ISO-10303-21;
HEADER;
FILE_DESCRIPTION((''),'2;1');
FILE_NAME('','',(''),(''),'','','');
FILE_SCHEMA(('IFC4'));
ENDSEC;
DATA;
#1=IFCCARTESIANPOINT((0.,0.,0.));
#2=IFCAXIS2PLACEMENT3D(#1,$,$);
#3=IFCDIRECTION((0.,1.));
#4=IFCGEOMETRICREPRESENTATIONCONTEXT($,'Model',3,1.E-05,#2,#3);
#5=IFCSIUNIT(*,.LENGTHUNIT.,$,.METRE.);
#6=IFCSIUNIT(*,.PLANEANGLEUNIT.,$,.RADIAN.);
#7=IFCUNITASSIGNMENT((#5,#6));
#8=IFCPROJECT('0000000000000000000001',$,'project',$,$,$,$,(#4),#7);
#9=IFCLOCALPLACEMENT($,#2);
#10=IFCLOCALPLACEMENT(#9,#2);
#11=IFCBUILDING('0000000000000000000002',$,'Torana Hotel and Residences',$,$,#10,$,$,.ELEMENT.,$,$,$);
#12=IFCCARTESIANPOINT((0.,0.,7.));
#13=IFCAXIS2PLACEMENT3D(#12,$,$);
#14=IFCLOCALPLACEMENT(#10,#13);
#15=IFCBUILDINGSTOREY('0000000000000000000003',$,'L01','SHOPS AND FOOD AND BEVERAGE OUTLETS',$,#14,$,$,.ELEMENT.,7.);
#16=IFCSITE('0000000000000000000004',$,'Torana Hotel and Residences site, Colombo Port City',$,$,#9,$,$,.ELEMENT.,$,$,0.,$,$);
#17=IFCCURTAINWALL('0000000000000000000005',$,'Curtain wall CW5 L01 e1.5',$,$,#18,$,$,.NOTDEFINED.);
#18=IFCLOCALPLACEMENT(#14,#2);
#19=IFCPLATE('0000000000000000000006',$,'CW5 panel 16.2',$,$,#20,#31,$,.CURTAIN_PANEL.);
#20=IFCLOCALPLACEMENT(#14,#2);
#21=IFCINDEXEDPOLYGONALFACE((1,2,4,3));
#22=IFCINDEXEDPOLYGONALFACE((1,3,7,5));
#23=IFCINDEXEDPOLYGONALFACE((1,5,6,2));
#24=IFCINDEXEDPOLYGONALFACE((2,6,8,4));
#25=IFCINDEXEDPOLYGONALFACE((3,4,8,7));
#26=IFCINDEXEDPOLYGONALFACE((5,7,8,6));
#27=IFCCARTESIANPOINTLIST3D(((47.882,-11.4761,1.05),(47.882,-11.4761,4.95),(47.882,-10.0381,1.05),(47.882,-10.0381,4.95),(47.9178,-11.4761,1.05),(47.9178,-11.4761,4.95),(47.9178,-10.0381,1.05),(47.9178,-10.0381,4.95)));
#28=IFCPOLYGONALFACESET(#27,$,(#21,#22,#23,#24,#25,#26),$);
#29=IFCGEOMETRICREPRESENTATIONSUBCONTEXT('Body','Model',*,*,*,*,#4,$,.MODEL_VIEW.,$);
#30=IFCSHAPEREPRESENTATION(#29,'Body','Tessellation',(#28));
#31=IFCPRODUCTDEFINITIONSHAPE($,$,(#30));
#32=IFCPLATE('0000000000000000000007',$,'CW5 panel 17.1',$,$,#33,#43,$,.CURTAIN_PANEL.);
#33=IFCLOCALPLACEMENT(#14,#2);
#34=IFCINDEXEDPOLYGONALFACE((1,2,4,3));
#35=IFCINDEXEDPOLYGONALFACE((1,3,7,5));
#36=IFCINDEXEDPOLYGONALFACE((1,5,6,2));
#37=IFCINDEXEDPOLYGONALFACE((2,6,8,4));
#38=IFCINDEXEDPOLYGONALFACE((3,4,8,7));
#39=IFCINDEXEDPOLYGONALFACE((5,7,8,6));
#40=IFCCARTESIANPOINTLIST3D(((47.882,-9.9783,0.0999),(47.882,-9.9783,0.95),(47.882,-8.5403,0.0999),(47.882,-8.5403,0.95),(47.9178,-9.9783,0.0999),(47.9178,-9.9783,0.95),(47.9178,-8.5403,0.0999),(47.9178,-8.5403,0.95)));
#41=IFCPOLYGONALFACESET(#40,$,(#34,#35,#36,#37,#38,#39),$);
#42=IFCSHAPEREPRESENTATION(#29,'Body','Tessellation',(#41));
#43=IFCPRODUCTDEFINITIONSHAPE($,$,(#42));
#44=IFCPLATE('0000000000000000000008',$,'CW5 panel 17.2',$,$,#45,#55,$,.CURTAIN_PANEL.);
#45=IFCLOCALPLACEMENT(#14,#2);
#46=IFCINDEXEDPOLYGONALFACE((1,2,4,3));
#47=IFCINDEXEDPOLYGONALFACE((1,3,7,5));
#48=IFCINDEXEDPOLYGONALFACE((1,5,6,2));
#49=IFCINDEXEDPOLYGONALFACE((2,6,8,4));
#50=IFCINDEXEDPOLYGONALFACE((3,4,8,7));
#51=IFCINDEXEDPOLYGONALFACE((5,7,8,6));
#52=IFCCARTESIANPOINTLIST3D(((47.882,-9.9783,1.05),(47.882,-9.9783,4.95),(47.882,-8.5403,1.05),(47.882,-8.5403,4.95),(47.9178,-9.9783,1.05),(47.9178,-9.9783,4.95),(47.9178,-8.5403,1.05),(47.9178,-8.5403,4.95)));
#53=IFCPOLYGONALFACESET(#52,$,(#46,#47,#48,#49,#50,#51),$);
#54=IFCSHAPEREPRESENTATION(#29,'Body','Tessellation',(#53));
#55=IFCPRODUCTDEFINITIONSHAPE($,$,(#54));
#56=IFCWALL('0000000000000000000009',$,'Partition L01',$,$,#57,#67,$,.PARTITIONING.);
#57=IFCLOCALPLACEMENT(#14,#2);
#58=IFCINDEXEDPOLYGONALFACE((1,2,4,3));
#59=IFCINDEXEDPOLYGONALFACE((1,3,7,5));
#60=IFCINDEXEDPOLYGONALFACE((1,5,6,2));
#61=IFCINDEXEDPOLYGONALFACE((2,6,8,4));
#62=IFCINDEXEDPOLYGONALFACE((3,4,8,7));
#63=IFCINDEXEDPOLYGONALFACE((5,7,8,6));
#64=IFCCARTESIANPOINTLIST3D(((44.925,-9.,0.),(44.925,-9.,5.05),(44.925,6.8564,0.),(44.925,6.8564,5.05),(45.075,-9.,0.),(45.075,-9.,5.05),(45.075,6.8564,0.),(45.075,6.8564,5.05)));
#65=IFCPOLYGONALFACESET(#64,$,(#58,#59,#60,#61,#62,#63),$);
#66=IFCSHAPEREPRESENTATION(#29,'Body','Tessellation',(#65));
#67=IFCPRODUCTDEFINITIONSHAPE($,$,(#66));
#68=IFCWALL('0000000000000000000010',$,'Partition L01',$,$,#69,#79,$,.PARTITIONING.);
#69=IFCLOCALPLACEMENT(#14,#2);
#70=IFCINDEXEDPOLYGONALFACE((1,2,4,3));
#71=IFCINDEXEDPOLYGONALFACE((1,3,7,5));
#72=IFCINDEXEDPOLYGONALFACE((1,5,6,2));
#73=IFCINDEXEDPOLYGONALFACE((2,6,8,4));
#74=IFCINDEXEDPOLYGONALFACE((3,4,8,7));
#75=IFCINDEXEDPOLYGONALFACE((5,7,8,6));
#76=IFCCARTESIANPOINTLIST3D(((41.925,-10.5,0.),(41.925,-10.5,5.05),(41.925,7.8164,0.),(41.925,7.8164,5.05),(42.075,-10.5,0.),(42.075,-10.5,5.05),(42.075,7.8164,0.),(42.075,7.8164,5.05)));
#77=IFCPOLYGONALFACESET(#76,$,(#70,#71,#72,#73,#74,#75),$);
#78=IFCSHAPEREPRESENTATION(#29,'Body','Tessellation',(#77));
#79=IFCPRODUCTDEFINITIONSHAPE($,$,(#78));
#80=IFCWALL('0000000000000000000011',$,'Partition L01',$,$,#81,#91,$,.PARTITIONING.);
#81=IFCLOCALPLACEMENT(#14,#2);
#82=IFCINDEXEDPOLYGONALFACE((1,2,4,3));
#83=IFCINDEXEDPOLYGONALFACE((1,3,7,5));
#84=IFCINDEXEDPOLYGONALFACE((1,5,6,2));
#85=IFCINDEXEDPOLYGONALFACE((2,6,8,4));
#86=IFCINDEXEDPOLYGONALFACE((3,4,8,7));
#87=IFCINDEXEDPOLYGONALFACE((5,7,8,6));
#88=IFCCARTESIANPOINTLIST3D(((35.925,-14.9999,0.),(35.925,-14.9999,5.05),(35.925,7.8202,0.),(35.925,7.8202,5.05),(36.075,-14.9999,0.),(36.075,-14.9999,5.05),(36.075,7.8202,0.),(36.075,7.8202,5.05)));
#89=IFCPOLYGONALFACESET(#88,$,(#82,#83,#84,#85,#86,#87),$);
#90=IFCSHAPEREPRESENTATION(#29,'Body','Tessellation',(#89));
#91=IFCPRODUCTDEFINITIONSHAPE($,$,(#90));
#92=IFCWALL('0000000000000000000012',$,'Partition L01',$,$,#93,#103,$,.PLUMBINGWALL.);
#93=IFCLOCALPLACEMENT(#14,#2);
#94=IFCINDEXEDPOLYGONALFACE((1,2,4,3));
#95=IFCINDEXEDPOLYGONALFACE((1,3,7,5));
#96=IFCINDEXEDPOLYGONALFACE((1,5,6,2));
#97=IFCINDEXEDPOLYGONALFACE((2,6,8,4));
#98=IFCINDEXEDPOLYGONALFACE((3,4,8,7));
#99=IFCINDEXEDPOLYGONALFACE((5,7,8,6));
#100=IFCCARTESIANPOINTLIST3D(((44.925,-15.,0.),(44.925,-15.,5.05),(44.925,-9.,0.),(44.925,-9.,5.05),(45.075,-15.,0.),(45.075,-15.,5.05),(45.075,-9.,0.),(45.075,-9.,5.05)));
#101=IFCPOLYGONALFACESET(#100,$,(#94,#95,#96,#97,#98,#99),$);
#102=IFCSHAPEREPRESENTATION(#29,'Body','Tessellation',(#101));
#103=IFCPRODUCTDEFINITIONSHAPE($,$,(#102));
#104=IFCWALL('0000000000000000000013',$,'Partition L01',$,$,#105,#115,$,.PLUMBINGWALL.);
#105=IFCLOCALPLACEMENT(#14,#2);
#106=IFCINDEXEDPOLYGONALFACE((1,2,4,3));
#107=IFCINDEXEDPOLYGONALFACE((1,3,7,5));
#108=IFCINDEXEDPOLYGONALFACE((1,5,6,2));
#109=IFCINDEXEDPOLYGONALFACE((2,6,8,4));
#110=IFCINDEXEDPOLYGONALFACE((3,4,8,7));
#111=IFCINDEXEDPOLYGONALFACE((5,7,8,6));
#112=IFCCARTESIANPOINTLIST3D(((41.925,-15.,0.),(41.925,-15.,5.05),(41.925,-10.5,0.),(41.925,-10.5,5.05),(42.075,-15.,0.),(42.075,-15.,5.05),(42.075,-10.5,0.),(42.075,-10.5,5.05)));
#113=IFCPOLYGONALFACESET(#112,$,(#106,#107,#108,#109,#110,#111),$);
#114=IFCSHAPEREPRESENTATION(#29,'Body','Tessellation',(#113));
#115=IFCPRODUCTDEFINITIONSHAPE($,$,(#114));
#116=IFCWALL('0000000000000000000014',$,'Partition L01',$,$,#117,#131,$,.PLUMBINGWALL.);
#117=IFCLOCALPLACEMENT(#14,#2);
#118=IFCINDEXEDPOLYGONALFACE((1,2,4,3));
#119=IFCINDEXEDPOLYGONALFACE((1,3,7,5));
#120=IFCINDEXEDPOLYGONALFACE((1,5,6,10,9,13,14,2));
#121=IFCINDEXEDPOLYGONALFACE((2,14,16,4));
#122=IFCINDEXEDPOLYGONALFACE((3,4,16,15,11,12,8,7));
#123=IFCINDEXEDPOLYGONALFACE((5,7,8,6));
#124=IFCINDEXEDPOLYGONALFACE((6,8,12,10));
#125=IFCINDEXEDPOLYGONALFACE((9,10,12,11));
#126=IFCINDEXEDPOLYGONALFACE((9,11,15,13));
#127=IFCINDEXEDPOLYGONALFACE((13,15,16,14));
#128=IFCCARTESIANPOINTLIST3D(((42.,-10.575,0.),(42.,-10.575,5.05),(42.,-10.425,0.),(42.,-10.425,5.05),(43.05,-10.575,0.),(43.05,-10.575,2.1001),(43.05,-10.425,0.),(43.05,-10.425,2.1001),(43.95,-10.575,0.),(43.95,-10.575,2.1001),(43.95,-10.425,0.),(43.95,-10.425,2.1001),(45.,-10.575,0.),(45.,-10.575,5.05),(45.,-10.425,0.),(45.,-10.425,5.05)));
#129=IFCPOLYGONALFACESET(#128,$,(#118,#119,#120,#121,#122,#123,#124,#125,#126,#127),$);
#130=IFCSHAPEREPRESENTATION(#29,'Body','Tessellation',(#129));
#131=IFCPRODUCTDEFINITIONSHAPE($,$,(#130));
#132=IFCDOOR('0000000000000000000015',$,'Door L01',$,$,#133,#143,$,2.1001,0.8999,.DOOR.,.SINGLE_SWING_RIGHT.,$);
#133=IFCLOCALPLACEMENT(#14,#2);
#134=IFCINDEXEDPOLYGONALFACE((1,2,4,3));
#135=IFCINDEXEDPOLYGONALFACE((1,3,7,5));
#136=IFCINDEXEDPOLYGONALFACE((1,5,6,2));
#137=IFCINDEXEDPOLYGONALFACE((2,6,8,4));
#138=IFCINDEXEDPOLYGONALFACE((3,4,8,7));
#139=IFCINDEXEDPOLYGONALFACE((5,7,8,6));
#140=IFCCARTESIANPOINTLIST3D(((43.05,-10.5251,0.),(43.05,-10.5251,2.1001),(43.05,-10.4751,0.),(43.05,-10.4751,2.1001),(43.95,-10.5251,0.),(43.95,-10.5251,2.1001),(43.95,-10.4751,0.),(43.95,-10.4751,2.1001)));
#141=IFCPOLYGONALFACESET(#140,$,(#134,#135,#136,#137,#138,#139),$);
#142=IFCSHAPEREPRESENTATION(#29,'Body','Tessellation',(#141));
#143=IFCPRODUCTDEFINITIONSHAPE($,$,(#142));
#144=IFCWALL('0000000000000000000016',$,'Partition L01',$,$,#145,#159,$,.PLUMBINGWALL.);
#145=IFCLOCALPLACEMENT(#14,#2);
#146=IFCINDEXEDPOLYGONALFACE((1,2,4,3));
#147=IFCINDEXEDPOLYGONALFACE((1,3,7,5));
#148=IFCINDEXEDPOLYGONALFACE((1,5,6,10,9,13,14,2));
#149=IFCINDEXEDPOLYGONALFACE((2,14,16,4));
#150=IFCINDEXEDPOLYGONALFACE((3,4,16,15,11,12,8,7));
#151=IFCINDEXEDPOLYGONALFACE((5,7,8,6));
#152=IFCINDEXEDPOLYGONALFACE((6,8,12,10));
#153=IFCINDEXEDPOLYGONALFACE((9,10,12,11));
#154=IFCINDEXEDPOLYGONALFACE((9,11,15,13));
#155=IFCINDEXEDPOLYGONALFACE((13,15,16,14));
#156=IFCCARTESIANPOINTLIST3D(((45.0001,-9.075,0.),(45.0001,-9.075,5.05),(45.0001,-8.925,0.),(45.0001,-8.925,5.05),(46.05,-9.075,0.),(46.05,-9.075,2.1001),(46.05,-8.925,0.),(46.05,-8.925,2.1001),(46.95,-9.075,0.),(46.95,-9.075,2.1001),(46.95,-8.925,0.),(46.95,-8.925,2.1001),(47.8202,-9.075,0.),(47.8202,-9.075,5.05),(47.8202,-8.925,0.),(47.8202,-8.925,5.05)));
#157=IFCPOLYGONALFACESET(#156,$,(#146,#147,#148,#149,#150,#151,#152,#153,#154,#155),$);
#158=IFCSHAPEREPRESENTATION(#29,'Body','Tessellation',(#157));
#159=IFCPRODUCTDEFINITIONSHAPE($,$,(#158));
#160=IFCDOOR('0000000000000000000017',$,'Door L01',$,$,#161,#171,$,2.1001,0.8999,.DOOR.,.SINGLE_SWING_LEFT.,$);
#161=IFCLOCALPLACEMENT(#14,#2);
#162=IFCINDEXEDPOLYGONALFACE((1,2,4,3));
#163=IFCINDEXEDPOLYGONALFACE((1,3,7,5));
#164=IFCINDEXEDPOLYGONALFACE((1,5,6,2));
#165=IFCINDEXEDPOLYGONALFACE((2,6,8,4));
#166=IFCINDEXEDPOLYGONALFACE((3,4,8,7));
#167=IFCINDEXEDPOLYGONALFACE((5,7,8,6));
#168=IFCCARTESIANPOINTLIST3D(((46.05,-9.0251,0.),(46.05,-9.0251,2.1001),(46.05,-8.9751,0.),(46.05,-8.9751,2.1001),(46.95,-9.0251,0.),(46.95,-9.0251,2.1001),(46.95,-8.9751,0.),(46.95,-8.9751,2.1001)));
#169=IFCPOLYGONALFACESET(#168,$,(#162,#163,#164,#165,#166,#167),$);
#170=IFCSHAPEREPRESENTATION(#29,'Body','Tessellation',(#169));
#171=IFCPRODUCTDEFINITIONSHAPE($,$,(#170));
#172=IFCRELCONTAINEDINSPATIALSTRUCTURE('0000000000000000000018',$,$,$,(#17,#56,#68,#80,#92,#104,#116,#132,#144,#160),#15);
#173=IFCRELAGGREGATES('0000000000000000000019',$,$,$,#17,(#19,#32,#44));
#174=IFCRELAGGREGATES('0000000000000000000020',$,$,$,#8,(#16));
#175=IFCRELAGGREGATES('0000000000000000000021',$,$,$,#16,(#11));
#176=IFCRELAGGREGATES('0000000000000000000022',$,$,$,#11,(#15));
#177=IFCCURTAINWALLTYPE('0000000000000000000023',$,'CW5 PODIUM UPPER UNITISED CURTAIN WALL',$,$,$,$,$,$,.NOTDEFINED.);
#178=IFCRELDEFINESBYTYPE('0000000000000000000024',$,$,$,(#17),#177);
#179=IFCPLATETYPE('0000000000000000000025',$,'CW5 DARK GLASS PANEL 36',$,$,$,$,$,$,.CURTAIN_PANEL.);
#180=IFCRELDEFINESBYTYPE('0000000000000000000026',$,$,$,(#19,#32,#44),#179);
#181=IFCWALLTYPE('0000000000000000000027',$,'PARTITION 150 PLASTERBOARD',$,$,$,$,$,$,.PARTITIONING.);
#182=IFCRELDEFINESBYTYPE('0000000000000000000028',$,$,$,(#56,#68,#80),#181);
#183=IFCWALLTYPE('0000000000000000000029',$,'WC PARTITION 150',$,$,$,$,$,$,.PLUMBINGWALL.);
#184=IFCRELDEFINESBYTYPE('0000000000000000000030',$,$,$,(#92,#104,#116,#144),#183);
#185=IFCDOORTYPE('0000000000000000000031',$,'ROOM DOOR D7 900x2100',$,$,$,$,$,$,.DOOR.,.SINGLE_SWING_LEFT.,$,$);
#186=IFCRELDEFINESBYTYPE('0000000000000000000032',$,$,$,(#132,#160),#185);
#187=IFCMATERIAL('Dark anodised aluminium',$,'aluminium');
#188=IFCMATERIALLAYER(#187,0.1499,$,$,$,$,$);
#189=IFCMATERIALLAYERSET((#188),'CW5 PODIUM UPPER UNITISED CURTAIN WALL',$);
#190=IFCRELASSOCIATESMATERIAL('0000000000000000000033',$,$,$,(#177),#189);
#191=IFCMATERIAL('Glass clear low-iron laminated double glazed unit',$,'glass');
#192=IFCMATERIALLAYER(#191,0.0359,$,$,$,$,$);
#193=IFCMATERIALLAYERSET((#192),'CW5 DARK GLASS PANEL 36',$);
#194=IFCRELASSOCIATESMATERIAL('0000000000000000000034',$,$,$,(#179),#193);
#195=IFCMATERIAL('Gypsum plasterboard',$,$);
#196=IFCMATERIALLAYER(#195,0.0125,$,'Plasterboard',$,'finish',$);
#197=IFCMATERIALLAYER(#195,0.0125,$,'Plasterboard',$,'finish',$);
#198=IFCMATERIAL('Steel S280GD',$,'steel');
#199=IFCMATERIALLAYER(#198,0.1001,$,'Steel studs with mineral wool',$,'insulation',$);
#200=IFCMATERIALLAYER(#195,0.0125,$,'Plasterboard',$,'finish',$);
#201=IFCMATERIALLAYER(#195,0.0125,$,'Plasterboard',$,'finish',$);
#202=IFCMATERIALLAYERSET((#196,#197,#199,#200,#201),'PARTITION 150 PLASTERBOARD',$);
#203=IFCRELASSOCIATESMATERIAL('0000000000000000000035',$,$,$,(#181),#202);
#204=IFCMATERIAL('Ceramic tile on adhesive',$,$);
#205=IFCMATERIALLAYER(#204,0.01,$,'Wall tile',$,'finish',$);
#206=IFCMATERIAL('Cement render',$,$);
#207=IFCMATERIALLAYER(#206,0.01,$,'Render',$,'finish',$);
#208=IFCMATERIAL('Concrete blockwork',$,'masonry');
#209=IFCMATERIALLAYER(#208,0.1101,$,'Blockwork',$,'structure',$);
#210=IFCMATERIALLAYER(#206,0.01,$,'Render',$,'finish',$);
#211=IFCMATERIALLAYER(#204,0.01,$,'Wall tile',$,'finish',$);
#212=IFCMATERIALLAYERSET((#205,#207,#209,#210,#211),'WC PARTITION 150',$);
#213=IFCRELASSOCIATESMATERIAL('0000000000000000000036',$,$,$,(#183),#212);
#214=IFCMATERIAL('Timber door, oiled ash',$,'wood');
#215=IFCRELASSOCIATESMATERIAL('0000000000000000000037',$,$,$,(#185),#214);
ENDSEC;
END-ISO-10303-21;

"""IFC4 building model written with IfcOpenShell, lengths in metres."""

from ifc_helpers import new_model, si_unit, direction, frame, frame_2d, origin, origin_2d, place, context, subcontext, project, spatial, rectangle, extrude, material, layer, layer_set, type_object, element, fill, aggregate, save


model = new_model("IFC4")

# Units and contexts
model_context = context("Model", 3, precision=1e-05, world=origin(), true_north=direction((0.0, 1.0)))
body_context = subcontext(model_context, "Body", "Model", "MODEL_VIEW")
ifc_project = project(units=[si_unit("LENGTHUNIT", "METRE"), si_unit("PLANEANGLEUNIT", "RADIAN")], contexts=[model_context])

# Site, building, storey
site_placement = place(None, origin())
site = spatial("IfcSite", under=ifc_project, at=site_placement, Name="Torana Hotel and Residences site, Colombo Port City", CompositionType="ELEMENT", RefElevation=0.0)
building_placement = place(site_placement, origin())
building = spatial("IfcBuilding", under=site, at=building_placement, Name="Torana Hotel and Residences", CompositionType="ELEMENT")
storey_placement = place(building_placement, frame((0.0, 0.0, 7.0)))
storey = spatial("IfcBuildingStorey", under=building, at=storey_placement, Name="L01", Description="SHOPS AND FOOD AND BEVERAGE OUTLETS", CompositionType="ELEMENT", Elevation=7.0)

# Curtain wall, plates
ifc_material_1 = material(Name="Dark anodised aluminium", Category="aluminium")
ifc_layer_1 = layer(ifc_material_1, 0.1499)
ifc_layer_set_1 = layer_set([ifc_layer_1], Name="CW5 PODIUM UPPER UNITISED CURTAIN WALL")
curtain_wall_type = type_object("IfcCurtainWallType", Name="CW5 PODIUM UPPER UNITISED CURTAIN WALL", PredefinedType="NOTDEFINED", material=ifc_layer_set_1)
curtain_wall_placement = place(storey_placement, origin())
curtain_wall = element("IfcCurtainWall", 1, at=curtain_wall_placement, inside=storey, type_object=curtain_wall_type, Name="Curtain wall CW5 L01 e1.5", PredefinedType="NOTDEFINED")
ifc_material_2 = material(Name="Glass clear low-iron laminated double glazed unit", Category="glass")
ifc_layer_2 = layer(ifc_material_2, 0.0359)
ifc_layer_set_2 = layer_set([ifc_layer_2], Name="CW5 DARK GLASS PANEL 36")
plate_type = type_object("IfcPlateType", Name="CW5 DARK GLASS PANEL 36", PredefinedType="CURTAIN_PANEL", material=ifc_layer_set_2)
plate_1_placement = place(storey_placement, frame((47.8999, -10.7571, 1.05), z_axis=(0.0, 0.0, 1.0), x_axis=(0.0, 1.0, 0.0)))
plate_1 = element("IfcPlate", 2, at=plate_1_placement, type_object=plate_type, Name="CW5 panel 16.2", PredefinedType="CURTAIN_PANEL", context=body_context, shape_type="SweptSolid", body=[
    extrude(rectangle(XDim=1.438, YDim=0.0359, at=origin_2d()), origin(), (0.0, 0.0, 1.0), 3.8999),
])
plate_2_placement = place(storey_placement, frame((47.8999, -9.2593, 0.0999), z_axis=(0.0, 0.0, 1.0), x_axis=(0.0, 1.0, 0.0)))
plate_2 = element("IfcPlate", 3, at=plate_2_placement, type_object=plate_type, Name="CW5 panel 17.1", PredefinedType="CURTAIN_PANEL", context=body_context, shape_type="SweptSolid", body=[
    extrude(rectangle(XDim=1.438, YDim=0.0359, at=origin_2d()), origin(), (0.0, 0.0, 1.0), 0.8501),
])
plate_3_placement = place(storey_placement, frame((47.8999, -9.2593, 1.05), z_axis=(0.0, 0.0, 1.0), x_axis=(0.0, 1.0, 0.0)))
plate_3 = element("IfcPlate", 4, at=plate_3_placement, type_object=plate_type, Name="CW5 panel 17.2", PredefinedType="CURTAIN_PANEL", context=body_context, shape_type="SweptSolid", body=[
    extrude(rectangle(XDim=1.438, YDim=0.0359, at=origin_2d()), origin(), (0.0, 0.0, 1.0), 3.8999),
])
aggregate(curtain_wall, [plate_1, plate_2, plate_3])

# Walls
ifc_material_3 = material(Name="Gypsum plasterboard")
ifc_layer_3 = layer(ifc_material_3, 0.0125, Name="Plasterboard", Category="finish")
ifc_layer_4 = layer(ifc_material_3, 0.0125, Name="Plasterboard", Category="finish")
ifc_material_4 = material(Name="Steel S280GD", Category="steel")
ifc_layer_5 = layer(ifc_material_4, 0.1001, Name="Steel studs with mineral wool", Category="insulation")
ifc_layer_6 = layer(ifc_material_3, 0.0125, Name="Plasterboard", Category="finish")
ifc_layer_7 = layer(ifc_material_3, 0.0125, Name="Plasterboard", Category="finish")
ifc_layer_set_3 = layer_set([ifc_layer_3, ifc_layer_4, ifc_layer_5, ifc_layer_6, ifc_layer_7], Name="PARTITION 150 PLASTERBOARD")
wall_type_1 = type_object("IfcWallType", Name="PARTITION 150 PLASTERBOARD", PredefinedType="PARTITIONING", material=ifc_layer_set_3)
wall_1_placement = place(storey_placement, frame((45.0, -9.0, 0.0), z_axis=(0.0, 0.0, 1.0), x_axis=(0.0, 1.0, 0.0)))
element("IfcWall", 5, at=wall_1_placement, inside=storey, type_object=wall_type_1, Name="Partition L01", PredefinedType="PARTITIONING", context=body_context, shape_type="SweptSolid", body=[
    extrude(rectangle(XDim=15.8564, YDim=0.1499, at=frame_2d((7.9282, 0.0))), origin(), (0.0, 0.0, 1.0), 5.05),
])
wall_2_placement = place(storey_placement, frame((42.0, -10.5, 0.0), z_axis=(0.0, 0.0, 1.0), x_axis=(0.0, 1.0, 0.0)))
element("IfcWall", 6, at=wall_2_placement, inside=storey, type_object=wall_type_1, Name="Partition L01", PredefinedType="PARTITIONING", context=body_context, shape_type="SweptSolid", body=[
    extrude(rectangle(XDim=18.3164, YDim=0.1499, at=frame_2d((9.1582, 0.0))), origin(), (0.0, 0.0, 1.0), 5.05),
])
wall_3_placement = place(storey_placement, frame((36.0, -15.0, 0.0), z_axis=(0.0, 0.0, 1.0), x_axis=(0.0, 1.0, 0.0)))
element("IfcWall", 7, at=wall_3_placement, inside=storey, type_object=wall_type_1, Name="Partition L01", PredefinedType="PARTITIONING", context=body_context, shape_type="SweptSolid", body=[
    extrude(rectangle(XDim=22.8201, YDim=0.1499, at=frame_2d((11.4102, 0.0))), origin(), (0.0, 0.0, 1.0), 5.05),
])
ifc_material_5 = material(Name="Ceramic tile on adhesive")
ifc_layer_8 = layer(ifc_material_5, 0.01, Name="Wall tile", Category="finish")
ifc_material_6 = material(Name="Cement render")
ifc_layer_9 = layer(ifc_material_6, 0.01, Name="Render", Category="finish")
ifc_material_7 = material(Name="Concrete blockwork", Category="masonry")
ifc_layer_10 = layer(ifc_material_7, 0.1101, Name="Blockwork", Category="structure")
ifc_layer_11 = layer(ifc_material_6, 0.01, Name="Render", Category="finish")
ifc_layer_12 = layer(ifc_material_5, 0.01, Name="Wall tile", Category="finish")
ifc_layer_set_4 = layer_set([ifc_layer_8, ifc_layer_9, ifc_layer_10, ifc_layer_11, ifc_layer_12], Name="WC PARTITION 150")
wall_type_2 = type_object("IfcWallType", Name="WC PARTITION 150", PredefinedType="PLUMBINGWALL", material=ifc_layer_set_4)
wall_4_placement = place(storey_placement, frame((45.0, -15.0, 0.0), z_axis=(0.0, 0.0, 1.0), x_axis=(0.0, 1.0, 0.0)))
element("IfcWall", 8, at=wall_4_placement, inside=storey, type_object=wall_type_2, Name="Partition L01", PredefinedType="PLUMBINGWALL", context=body_context, shape_type="SweptSolid", body=[
    extrude(rectangle(XDim=6.0, YDim=0.1499, at=frame_2d((3.0, 0.0))), origin(), (0.0, 0.0, 1.0), 5.05),
])
wall_5_placement = place(storey_placement, frame((42.0, -15.0, 0.0), z_axis=(0.0, 0.0, 1.0), x_axis=(0.0, 1.0, 0.0)))
element("IfcWall", 9, at=wall_5_placement, inside=storey, type_object=wall_type_2, Name="Partition L01", PredefinedType="PLUMBINGWALL", context=body_context, shape_type="SweptSolid", body=[
    extrude(rectangle(XDim=4.5, YDim=0.1499, at=frame_2d((2.25, 0.0))), origin(), (0.0, 0.0, 1.0), 5.05),
])

# Walls, openings, doors
wall_6_placement = place(storey_placement, frame((42.0, -10.5, 0.0), z_axis=(0.0, 0.0, 1.0), x_axis=(1.0, 0.0, 0.0)))
wall_6 = element("IfcWall", 10, at=wall_6_placement, inside=storey, type_object=wall_type_2, Name="Partition L01", PredefinedType="PLUMBINGWALL", context=body_context, shape_type="SweptSolid", body=[
    extrude(rectangle(XDim=3.0, YDim=0.1499, at=frame_2d((1.5, 0.0))), origin(), (0.0, 0.0, 1.0), 5.05),
])
opening_1_placement = place(wall_6_placement, frame((1.05, 0.0, 0.0)))
opening_1 = element("IfcOpeningElement", 11, at=opening_1_placement, cuts=wall_6, PredefinedType="OPENING", context=body_context, shape_type="SweptSolid", body=[
    extrude(rectangle(XDim=0.8999, YDim=2.1001, at=frame_2d((0.45, 1.05))), frame((0.0, 0.085, 0.0), z_axis=(0.0, -1.0, 0.0), x_axis=(1.0, 0.0, 0.0)), (0.0, 0.0, 1.0), 0.1699),
])
ifc_material_8 = material(Name="Timber door, oiled ash", Category="wood")
door_type = type_object("IfcDoorType", Name="ROOM DOOR D7 900x2100", OperationType="SINGLE_SWING_LEFT", PredefinedType="DOOR", material=ifc_material_8)
door_1_placement = place(opening_1_placement, origin())
door_1 = element("IfcDoor", 12, at=door_1_placement, inside=storey, type_object=door_type, Name="Door L01", OperationType="SINGLE_SWING_RIGHT", OverallHeight=2.1001, OverallWidth=0.8999, PredefinedType="DOOR", context=body_context, shape_type="SweptSolid", body=[
    extrude(rectangle(XDim=0.8999, YDim=2.1001, at=frame_2d((0.45, 1.05))), frame((0.0, 0.0249, 0.0), z_axis=(0.0, -1.0, 0.0), x_axis=(1.0, 0.0, 0.0)), (0.0, 0.0, 1.0), 0.05),
])
fill(opening_1, door_1)
wall_7_placement = place(storey_placement, frame((45.0, -9.0, 0.0), z_axis=(0.0, 0.0, 1.0), x_axis=(1.0, 0.0, 0.0)))
wall_7 = element("IfcWall", 13, at=wall_7_placement, inside=storey, type_object=wall_type_2, Name="Partition L01", PredefinedType="PLUMBINGWALL", context=body_context, shape_type="SweptSolid", body=[
    extrude(rectangle(XDim=2.8201, YDim=0.1499, at=frame_2d((1.4102, 0.0))), origin(), (0.0, 0.0, 1.0), 5.05),
])
opening_2_placement = place(wall_7_placement, frame((1.05, 0.0, 0.0)))
opening_2 = element("IfcOpeningElement", 14, at=opening_2_placement, cuts=wall_7, PredefinedType="OPENING", context=body_context, shape_type="SweptSolid", body=[
    extrude(rectangle(XDim=0.8999, YDim=2.1001, at=frame_2d((0.45, 1.05))), frame((0.0, 0.085, 0.0), z_axis=(0.0, -1.0, 0.0), x_axis=(1.0, 0.0, 0.0)), (0.0, 0.0, 1.0), 0.1699),
])
door_2_placement = place(opening_2_placement, origin())
door_2 = element("IfcDoor", 15, at=door_2_placement, inside=storey, type_object=door_type, Name="Door L01", OperationType="SINGLE_SWING_LEFT", OverallHeight=2.1001, OverallWidth=0.8999, PredefinedType="DOOR", context=body_context, shape_type="SweptSolid", body=[
    extrude(rectangle(XDim=0.8999, YDim=2.1001, at=frame_2d((0.45, 1.05))), frame((0.0, 0.0249, 0.0), z_axis=(0.0, -1.0, 0.0), x_axis=(1.0, 0.0, 0.0)), (0.0, 0.0, 1.0), 0.05),
])
fill(opening_2, door_2)

save(model, "model.ifc")
